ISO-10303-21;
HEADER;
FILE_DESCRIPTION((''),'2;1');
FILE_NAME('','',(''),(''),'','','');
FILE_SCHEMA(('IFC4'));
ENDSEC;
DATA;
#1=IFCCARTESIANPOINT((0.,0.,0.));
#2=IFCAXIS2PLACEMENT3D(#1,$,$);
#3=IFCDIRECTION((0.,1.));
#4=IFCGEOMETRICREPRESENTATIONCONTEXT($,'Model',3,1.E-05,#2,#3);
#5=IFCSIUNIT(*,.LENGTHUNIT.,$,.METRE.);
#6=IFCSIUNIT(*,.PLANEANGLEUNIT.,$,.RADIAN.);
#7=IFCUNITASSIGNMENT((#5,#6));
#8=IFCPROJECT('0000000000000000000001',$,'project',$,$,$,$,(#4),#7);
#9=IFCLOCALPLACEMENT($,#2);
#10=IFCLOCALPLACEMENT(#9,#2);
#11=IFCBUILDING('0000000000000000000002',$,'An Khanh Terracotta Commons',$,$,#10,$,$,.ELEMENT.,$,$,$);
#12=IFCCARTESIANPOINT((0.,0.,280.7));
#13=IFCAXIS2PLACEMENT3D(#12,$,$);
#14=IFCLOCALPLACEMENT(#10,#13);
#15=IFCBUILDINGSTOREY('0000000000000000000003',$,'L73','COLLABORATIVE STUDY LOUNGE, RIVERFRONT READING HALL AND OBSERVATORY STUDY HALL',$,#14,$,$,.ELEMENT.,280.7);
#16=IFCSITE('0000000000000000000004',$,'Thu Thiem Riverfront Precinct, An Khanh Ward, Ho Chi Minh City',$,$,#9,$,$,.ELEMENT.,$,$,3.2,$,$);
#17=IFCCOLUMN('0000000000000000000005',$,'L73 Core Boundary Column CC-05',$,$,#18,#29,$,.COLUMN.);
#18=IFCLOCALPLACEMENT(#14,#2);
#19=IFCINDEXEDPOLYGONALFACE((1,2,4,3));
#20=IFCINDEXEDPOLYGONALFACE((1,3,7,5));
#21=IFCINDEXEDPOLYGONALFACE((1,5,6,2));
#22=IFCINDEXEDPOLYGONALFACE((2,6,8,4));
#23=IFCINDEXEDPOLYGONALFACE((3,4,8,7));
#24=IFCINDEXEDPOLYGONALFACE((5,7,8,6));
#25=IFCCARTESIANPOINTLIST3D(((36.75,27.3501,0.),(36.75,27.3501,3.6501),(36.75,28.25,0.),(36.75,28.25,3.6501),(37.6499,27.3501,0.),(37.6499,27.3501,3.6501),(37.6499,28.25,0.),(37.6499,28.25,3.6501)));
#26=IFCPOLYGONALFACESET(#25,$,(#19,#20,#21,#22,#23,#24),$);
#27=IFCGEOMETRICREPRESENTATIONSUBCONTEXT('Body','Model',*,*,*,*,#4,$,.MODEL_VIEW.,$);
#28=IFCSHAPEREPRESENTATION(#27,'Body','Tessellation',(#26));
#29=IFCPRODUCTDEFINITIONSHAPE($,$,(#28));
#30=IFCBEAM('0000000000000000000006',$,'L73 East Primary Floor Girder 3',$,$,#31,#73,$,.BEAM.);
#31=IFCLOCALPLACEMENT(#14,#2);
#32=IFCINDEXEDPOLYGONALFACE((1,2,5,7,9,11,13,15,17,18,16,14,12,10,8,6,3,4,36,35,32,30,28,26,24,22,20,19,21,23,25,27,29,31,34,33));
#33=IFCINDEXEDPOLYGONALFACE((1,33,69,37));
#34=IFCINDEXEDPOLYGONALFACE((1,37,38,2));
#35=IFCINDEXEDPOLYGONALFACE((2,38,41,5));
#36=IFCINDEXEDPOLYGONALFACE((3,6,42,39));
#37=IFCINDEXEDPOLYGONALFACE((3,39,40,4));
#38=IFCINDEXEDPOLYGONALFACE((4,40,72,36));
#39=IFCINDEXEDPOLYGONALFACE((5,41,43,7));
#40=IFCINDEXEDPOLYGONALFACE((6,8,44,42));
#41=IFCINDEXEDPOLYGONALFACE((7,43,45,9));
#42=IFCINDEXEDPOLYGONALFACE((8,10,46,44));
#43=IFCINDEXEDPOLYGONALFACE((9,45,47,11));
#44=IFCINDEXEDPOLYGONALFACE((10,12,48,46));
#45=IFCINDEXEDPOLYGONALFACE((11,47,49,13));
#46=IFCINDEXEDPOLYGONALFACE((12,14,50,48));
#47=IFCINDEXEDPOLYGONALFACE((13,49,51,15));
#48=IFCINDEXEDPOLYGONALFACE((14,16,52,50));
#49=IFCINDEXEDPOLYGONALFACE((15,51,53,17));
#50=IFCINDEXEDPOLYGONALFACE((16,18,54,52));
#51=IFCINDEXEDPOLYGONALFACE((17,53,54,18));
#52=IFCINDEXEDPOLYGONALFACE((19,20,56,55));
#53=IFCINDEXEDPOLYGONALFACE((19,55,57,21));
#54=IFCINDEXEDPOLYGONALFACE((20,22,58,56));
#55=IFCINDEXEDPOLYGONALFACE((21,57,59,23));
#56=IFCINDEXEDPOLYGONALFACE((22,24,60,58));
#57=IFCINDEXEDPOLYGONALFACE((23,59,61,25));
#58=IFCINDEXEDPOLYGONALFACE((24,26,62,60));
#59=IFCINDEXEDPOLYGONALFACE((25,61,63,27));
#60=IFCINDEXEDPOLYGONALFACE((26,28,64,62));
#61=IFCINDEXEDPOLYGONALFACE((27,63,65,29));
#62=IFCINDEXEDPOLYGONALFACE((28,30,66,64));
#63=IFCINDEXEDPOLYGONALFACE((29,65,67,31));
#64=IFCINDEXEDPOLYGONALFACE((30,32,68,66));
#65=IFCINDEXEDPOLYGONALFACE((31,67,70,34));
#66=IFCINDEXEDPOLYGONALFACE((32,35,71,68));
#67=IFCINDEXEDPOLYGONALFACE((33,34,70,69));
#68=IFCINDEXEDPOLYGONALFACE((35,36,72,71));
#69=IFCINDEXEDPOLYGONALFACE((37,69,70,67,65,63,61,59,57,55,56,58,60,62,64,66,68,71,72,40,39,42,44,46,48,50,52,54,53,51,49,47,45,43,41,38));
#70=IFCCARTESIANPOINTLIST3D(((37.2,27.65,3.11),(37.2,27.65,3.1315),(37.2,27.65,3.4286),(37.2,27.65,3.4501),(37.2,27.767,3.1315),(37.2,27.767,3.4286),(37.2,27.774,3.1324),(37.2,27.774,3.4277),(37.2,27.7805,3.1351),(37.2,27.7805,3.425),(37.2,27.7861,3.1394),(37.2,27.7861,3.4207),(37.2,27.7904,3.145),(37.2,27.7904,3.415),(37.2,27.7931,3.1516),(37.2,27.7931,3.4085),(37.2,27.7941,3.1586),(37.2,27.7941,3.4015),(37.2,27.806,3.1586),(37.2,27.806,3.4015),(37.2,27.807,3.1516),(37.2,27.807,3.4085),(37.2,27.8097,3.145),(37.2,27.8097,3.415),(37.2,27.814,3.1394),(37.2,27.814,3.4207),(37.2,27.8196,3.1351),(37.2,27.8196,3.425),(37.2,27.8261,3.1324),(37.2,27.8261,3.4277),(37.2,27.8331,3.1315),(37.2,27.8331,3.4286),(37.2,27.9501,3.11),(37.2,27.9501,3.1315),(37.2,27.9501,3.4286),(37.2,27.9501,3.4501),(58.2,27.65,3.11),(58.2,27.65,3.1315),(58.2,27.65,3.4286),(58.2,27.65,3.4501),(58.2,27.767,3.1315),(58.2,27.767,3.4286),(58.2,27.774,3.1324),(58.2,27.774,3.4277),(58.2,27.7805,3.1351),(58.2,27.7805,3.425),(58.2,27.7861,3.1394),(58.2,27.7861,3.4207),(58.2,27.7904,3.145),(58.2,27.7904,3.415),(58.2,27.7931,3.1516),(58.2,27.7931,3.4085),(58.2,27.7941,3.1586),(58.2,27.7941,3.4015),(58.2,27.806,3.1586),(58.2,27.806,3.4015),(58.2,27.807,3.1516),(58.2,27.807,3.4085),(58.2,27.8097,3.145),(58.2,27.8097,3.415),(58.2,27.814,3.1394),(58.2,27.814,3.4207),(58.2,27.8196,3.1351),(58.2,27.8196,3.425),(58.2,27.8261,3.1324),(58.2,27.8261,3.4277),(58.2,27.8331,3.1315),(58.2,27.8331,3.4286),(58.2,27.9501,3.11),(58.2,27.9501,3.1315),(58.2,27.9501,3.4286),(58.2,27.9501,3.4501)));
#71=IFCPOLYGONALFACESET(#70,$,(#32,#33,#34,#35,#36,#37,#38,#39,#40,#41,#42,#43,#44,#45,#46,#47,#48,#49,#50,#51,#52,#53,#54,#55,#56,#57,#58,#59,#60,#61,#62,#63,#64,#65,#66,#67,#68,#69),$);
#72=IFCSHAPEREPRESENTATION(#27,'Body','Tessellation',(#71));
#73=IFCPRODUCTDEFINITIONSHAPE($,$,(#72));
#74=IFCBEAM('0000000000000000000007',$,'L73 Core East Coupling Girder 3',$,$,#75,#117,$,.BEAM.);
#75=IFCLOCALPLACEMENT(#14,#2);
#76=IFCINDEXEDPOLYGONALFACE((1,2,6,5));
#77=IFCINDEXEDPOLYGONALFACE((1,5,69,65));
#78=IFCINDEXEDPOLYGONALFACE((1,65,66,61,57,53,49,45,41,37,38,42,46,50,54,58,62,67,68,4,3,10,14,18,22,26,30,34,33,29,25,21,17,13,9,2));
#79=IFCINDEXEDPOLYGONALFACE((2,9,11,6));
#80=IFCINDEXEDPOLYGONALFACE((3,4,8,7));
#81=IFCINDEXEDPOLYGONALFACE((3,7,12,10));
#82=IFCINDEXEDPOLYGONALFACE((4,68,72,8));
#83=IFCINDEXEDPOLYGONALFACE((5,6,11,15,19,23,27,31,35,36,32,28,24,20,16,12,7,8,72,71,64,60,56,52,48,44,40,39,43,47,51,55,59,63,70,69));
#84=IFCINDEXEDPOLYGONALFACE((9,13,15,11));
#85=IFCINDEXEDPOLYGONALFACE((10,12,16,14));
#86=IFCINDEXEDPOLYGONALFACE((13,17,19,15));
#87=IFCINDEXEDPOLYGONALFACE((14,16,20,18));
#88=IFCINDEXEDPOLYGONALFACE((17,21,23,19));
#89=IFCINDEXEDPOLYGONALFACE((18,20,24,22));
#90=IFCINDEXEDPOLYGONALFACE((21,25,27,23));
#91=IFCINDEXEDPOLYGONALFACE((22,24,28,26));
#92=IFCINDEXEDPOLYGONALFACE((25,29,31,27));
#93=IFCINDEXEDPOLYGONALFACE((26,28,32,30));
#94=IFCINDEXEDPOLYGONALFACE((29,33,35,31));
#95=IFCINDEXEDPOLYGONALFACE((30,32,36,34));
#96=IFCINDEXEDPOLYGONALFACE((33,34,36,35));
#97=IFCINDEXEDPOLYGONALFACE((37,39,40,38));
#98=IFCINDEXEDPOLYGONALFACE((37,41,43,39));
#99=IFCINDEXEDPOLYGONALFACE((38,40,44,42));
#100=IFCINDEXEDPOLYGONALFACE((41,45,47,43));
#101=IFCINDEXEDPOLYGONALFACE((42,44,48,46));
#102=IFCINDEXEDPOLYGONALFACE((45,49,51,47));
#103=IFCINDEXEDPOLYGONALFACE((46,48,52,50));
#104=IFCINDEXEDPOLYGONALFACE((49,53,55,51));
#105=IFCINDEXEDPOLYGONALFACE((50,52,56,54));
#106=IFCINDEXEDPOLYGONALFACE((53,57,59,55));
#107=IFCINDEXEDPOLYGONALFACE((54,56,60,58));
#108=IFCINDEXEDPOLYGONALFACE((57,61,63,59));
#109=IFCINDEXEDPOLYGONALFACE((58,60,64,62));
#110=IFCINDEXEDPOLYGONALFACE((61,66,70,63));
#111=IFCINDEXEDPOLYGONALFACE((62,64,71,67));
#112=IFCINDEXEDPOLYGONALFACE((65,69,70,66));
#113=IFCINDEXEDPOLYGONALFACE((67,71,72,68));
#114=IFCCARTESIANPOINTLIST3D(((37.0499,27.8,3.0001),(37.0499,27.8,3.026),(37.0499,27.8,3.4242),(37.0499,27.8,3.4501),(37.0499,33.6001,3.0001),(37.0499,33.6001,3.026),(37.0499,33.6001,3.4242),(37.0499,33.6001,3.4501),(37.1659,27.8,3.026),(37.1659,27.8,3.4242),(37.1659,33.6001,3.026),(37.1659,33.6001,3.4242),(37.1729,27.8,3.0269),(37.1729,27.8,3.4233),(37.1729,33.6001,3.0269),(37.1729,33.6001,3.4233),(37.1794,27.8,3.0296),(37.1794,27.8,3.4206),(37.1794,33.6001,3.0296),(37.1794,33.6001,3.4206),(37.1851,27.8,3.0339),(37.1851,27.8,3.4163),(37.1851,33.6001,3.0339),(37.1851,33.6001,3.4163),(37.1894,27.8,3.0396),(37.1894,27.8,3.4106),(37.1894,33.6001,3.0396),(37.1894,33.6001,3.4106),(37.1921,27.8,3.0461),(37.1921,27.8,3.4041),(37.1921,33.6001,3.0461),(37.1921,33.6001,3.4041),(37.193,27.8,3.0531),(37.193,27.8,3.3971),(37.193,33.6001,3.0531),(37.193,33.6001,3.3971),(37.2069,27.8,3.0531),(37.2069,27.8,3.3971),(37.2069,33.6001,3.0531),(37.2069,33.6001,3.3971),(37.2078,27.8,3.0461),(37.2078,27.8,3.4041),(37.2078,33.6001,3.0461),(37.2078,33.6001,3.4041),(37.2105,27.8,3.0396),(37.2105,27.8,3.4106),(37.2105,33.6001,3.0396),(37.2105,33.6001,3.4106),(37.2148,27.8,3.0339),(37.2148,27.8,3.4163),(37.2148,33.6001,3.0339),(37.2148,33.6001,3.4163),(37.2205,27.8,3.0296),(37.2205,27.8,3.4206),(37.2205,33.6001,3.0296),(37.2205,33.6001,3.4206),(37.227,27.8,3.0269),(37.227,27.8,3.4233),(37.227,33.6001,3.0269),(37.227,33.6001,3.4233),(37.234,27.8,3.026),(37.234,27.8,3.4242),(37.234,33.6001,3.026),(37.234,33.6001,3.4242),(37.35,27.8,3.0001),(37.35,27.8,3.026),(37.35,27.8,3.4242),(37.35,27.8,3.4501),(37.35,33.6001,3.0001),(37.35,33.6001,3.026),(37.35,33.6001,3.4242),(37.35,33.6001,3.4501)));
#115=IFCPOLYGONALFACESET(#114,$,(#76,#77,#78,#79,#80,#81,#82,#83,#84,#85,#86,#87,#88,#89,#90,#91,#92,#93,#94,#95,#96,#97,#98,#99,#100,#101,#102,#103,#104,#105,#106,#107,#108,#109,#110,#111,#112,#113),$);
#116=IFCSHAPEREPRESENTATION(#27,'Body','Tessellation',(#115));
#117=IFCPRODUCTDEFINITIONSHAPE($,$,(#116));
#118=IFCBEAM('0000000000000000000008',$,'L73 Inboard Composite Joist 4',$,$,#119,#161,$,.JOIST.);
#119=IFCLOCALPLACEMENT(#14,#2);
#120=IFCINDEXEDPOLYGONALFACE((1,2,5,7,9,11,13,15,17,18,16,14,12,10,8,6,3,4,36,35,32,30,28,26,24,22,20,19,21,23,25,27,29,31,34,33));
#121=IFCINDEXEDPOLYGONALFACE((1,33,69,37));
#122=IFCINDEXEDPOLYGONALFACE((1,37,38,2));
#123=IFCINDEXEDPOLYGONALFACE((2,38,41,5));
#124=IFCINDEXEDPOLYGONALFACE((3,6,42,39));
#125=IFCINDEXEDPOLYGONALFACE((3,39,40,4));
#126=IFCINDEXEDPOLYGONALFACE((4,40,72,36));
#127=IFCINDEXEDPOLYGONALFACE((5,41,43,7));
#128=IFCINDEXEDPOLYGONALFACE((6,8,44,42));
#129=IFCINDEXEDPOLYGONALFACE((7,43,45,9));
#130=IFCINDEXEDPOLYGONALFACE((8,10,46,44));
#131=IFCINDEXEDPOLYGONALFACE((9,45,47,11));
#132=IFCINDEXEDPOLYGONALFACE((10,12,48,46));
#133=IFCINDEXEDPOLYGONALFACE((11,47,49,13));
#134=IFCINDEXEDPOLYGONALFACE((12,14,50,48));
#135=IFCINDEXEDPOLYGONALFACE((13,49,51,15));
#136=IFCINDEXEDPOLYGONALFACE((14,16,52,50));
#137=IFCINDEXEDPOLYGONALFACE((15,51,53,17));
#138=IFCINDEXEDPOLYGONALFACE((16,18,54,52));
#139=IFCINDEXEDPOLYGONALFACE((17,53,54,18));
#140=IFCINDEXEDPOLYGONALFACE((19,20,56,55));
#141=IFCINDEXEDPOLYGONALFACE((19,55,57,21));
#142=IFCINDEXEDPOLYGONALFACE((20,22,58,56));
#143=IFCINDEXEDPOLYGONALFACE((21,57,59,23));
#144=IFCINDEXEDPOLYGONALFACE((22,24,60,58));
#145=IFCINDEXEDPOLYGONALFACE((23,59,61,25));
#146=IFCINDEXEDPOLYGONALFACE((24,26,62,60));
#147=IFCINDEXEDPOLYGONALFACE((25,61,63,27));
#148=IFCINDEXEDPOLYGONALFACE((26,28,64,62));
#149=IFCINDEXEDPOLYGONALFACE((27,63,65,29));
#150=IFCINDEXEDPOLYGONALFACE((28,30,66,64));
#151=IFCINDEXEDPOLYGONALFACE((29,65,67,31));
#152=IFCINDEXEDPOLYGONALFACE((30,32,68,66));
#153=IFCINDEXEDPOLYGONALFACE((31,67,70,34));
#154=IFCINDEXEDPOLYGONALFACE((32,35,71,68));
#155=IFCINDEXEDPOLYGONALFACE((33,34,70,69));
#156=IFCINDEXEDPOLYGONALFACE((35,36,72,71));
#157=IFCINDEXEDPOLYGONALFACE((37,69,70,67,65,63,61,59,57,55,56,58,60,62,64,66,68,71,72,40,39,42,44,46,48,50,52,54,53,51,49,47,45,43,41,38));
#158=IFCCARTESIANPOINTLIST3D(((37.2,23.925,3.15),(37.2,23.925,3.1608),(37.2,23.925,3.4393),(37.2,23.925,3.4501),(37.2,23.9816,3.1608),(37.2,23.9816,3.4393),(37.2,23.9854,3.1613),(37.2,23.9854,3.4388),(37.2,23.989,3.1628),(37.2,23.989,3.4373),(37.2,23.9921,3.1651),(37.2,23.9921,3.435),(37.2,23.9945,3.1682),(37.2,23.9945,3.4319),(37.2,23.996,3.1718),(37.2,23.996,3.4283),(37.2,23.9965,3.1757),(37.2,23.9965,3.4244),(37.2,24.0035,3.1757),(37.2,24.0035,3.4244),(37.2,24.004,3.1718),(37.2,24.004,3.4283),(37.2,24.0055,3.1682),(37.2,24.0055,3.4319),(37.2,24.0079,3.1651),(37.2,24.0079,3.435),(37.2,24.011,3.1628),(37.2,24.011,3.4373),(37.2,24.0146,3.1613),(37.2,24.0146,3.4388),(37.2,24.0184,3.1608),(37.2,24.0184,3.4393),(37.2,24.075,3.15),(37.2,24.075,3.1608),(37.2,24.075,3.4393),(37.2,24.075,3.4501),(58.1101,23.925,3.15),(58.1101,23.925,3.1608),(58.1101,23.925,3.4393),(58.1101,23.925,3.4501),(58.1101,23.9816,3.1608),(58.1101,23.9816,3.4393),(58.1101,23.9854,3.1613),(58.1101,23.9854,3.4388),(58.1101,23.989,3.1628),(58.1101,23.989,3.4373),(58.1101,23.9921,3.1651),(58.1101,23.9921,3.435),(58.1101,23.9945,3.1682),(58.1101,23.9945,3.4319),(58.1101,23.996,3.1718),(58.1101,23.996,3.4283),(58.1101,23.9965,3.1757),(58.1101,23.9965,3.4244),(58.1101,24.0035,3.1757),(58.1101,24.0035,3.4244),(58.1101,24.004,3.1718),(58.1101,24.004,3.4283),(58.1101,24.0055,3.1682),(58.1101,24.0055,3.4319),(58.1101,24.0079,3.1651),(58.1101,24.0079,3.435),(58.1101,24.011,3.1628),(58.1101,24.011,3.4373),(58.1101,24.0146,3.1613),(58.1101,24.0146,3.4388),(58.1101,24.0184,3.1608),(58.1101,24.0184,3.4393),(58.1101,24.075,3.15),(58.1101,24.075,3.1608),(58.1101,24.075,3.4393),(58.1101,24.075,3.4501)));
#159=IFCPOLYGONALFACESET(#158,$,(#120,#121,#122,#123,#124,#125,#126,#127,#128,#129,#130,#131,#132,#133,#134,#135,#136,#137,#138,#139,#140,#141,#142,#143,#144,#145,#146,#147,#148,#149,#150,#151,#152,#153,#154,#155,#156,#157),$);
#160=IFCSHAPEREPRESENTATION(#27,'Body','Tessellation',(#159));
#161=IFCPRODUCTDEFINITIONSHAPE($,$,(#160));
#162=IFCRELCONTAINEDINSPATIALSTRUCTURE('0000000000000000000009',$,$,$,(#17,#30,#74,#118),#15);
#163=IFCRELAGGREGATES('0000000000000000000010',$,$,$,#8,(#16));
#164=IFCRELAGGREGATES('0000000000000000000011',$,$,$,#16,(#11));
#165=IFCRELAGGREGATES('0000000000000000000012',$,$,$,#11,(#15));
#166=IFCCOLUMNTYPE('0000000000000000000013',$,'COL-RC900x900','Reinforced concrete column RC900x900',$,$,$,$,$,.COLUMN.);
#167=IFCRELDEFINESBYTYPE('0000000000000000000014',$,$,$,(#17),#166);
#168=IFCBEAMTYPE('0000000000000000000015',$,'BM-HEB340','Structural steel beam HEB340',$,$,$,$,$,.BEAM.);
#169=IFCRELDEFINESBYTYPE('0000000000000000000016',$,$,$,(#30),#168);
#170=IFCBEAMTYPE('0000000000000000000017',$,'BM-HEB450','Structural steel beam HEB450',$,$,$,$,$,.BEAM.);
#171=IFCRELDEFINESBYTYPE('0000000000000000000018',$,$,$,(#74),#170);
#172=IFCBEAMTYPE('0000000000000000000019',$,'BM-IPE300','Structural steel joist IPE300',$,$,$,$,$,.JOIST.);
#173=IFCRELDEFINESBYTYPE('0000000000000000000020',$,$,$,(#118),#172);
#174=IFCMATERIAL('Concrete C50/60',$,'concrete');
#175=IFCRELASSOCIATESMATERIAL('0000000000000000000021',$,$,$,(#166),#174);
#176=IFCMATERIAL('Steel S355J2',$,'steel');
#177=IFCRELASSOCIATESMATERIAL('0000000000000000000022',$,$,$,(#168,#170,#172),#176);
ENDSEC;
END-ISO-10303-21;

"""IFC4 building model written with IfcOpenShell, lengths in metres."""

from ifc_helpers import new_model, si_unit, direction, frame, origin, origin_2d, place, context, subcontext, project, spatial, rectangle, i_section, extrude, material, material_profile, profile_set, type_object, element, save


model = new_model("IFC4")

# Units and contexts
model_context = context("Model", 3, precision=1e-05, world=origin(), true_north=direction((0.0, 1.0)))
body_context = subcontext(model_context, "Body", "Model", "MODEL_VIEW")
ifc_project = project(units=[si_unit("LENGTHUNIT", "METRE"), si_unit("PLANEANGLEUNIT", "RADIAN")], contexts=[model_context])

# Site, building, storey
site_placement = place(None, origin())
site = spatial("IfcSite", under=ifc_project, at=site_placement, Name="Thu Thiem Riverfront Precinct, An Khanh Ward, Ho Chi Minh City", CompositionType="ELEMENT", RefElevation=3.2)
building_placement = place(site_placement, origin())
building = spatial("IfcBuilding", under=site, at=building_placement, Name="An Khanh Terracotta Commons", CompositionType="ELEMENT")
storey_placement = place(building_placement, frame((0.0, 0.0, 280.7)))
storey = spatial("IfcBuildingStorey", under=building, at=storey_placement, Name="L73", Description="COLLABORATIVE STUDY LOUNGE, RIVERFRONT READING HALL AND OBSERVATORY STUDY HALL", CompositionType="ELEMENT", Elevation=280.7)

# Column
ifc_material_1 = material(Name="Concrete C50/60", Category="concrete")
ifc_material_profile_1 = material_profile(ifc_material_1, rectangle(XDim=0.8999, YDim=0.8999, at=origin_2d()), Name="RC900x900")
ifc_profile_set_1 = profile_set([ifc_material_profile_1], Name="Concrete C50/60")
column_type = type_object("IfcColumnType", Name="COL-RC900x900", Description="Reinforced concrete column RC900x900", PredefinedType="COLUMN", material=ifc_profile_set_1)
column_placement = place(storey_placement, frame((37.2, 27.8, 0.0), z_axis=(0.0, 0.0, 1.0), x_axis=(1.0, 0.0, 0.0)))
element("IfcColumn", 1, at=column_placement, inside=storey, type_object=column_type, Name="L73 Core Boundary Column CC-05", PredefinedType="COLUMN", context=body_context, shape_type="SweptSolid", body=[
    extrude(rectangle(XDim=0.8999, YDim=0.8999, at=origin_2d()), origin(), (0.0, 0.0, 1.0), 3.6501),
])

# Beams
ifc_material_2 = material(Name="Steel S355J2", Category="steel")
ifc_material_profile_2 = material_profile(ifc_material_2, i_section(OverallWidth=0.3, OverallDepth=0.3401, WebThickness=0.012, FlangeThickness=0.0215, FilletRadius=0.0271, at=origin_2d()), Name="HEB340")
ifc_profile_set_2 = profile_set([ifc_material_profile_2], Name="Steel S355J2")
beam_type_1 = type_object("IfcBeamType", Name="BM-HEB340", Description="Structural steel beam HEB340", PredefinedType="BEAM", material=ifc_profile_set_2)
beam_1_placement = place(storey_placement, frame((37.2, 27.8, 3.28), z_axis=(1.0, 0.0, 0.0), x_axis=(0.0, 1.0, 0.0)))
element("IfcBeam", 2, at=beam_1_placement, inside=storey, type_object=beam_type_1, Name="L73 East Primary Floor Girder 3", PredefinedType="BEAM", context=body_context, shape_type="SweptSolid", body=[
    extrude(i_section(OverallWidth=0.3, OverallDepth=0.3401, WebThickness=0.012, FlangeThickness=0.0215, FilletRadius=0.0271, at=origin_2d()), origin(), (0.0, 0.0, 1.0), 21.0),
])
ifc_material_profile_3 = material_profile(ifc_material_2, i_section(OverallWidth=0.3, OverallDepth=0.45, WebThickness=0.0139, FlangeThickness=0.0259, FilletRadius=0.0271, at=origin_2d()), Name="HEB450")
ifc_profile_set_3 = profile_set([ifc_material_profile_3], Name="Steel S355J2")
beam_type_2 = type_object("IfcBeamType", Name="BM-HEB450", Description="Structural steel beam HEB450", PredefinedType="BEAM", material=ifc_profile_set_3)
beam_2_placement = place(storey_placement, frame((37.2, 27.8, 3.2251), z_axis=(0.0, 1.0, 0.0), x_axis=(-1.0, 0.0, 0.0)))
element("IfcBeam", 3, at=beam_2_placement, inside=storey, type_object=beam_type_2, Name="L73 Core East Coupling Girder 3", PredefinedType="BEAM", context=body_context, shape_type="SweptSolid", body=[
    extrude(i_section(OverallWidth=0.3, OverallDepth=0.45, WebThickness=0.0139, FlangeThickness=0.0259, FilletRadius=0.0271, at=origin_2d()), origin(), (0.0, 0.0, 1.0), 5.8),
])
ifc_material_profile_4 = material_profile(ifc_material_2, i_section(OverallWidth=0.1499, OverallDepth=0.3, WebThickness=0.0071, FlangeThickness=0.0107, FilletRadius=0.0149, at=origin_2d()), Name="IPE300")
ifc_profile_set_4 = profile_set([ifc_material_profile_4], Name="Steel S355J2")
beam_type_3 = type_object("IfcBeamType", Name="BM-IPE300", Description="Structural steel joist IPE300", PredefinedType="JOIST", material=ifc_profile_set_4)
for number, where, z_axis, x_axis, name in (
    (4, (37.2, 24.0, 3.3), (1.0, 0.0, 0.0), (0.0, 1.0, 0.0), "L73 Inboard Composite Joist 4"),
):
    element("IfcBeam", number, at=place(storey_placement, frame(where, z_axis=z_axis, x_axis=x_axis)), inside=storey, type_object=beam_type_3, Name=name, PredefinedType="JOIST", context=body_context, shape_type="SweptSolid", body=[
        extrude(i_section(OverallWidth=0.1499, OverallDepth=0.3, WebThickness=0.0071, FlangeThickness=0.0107, FilletRadius=0.0149, at=origin_2d()), origin(), (0.0, 0.0, 1.0), 20.9102),
    ])

save(model, "model.ifc")
